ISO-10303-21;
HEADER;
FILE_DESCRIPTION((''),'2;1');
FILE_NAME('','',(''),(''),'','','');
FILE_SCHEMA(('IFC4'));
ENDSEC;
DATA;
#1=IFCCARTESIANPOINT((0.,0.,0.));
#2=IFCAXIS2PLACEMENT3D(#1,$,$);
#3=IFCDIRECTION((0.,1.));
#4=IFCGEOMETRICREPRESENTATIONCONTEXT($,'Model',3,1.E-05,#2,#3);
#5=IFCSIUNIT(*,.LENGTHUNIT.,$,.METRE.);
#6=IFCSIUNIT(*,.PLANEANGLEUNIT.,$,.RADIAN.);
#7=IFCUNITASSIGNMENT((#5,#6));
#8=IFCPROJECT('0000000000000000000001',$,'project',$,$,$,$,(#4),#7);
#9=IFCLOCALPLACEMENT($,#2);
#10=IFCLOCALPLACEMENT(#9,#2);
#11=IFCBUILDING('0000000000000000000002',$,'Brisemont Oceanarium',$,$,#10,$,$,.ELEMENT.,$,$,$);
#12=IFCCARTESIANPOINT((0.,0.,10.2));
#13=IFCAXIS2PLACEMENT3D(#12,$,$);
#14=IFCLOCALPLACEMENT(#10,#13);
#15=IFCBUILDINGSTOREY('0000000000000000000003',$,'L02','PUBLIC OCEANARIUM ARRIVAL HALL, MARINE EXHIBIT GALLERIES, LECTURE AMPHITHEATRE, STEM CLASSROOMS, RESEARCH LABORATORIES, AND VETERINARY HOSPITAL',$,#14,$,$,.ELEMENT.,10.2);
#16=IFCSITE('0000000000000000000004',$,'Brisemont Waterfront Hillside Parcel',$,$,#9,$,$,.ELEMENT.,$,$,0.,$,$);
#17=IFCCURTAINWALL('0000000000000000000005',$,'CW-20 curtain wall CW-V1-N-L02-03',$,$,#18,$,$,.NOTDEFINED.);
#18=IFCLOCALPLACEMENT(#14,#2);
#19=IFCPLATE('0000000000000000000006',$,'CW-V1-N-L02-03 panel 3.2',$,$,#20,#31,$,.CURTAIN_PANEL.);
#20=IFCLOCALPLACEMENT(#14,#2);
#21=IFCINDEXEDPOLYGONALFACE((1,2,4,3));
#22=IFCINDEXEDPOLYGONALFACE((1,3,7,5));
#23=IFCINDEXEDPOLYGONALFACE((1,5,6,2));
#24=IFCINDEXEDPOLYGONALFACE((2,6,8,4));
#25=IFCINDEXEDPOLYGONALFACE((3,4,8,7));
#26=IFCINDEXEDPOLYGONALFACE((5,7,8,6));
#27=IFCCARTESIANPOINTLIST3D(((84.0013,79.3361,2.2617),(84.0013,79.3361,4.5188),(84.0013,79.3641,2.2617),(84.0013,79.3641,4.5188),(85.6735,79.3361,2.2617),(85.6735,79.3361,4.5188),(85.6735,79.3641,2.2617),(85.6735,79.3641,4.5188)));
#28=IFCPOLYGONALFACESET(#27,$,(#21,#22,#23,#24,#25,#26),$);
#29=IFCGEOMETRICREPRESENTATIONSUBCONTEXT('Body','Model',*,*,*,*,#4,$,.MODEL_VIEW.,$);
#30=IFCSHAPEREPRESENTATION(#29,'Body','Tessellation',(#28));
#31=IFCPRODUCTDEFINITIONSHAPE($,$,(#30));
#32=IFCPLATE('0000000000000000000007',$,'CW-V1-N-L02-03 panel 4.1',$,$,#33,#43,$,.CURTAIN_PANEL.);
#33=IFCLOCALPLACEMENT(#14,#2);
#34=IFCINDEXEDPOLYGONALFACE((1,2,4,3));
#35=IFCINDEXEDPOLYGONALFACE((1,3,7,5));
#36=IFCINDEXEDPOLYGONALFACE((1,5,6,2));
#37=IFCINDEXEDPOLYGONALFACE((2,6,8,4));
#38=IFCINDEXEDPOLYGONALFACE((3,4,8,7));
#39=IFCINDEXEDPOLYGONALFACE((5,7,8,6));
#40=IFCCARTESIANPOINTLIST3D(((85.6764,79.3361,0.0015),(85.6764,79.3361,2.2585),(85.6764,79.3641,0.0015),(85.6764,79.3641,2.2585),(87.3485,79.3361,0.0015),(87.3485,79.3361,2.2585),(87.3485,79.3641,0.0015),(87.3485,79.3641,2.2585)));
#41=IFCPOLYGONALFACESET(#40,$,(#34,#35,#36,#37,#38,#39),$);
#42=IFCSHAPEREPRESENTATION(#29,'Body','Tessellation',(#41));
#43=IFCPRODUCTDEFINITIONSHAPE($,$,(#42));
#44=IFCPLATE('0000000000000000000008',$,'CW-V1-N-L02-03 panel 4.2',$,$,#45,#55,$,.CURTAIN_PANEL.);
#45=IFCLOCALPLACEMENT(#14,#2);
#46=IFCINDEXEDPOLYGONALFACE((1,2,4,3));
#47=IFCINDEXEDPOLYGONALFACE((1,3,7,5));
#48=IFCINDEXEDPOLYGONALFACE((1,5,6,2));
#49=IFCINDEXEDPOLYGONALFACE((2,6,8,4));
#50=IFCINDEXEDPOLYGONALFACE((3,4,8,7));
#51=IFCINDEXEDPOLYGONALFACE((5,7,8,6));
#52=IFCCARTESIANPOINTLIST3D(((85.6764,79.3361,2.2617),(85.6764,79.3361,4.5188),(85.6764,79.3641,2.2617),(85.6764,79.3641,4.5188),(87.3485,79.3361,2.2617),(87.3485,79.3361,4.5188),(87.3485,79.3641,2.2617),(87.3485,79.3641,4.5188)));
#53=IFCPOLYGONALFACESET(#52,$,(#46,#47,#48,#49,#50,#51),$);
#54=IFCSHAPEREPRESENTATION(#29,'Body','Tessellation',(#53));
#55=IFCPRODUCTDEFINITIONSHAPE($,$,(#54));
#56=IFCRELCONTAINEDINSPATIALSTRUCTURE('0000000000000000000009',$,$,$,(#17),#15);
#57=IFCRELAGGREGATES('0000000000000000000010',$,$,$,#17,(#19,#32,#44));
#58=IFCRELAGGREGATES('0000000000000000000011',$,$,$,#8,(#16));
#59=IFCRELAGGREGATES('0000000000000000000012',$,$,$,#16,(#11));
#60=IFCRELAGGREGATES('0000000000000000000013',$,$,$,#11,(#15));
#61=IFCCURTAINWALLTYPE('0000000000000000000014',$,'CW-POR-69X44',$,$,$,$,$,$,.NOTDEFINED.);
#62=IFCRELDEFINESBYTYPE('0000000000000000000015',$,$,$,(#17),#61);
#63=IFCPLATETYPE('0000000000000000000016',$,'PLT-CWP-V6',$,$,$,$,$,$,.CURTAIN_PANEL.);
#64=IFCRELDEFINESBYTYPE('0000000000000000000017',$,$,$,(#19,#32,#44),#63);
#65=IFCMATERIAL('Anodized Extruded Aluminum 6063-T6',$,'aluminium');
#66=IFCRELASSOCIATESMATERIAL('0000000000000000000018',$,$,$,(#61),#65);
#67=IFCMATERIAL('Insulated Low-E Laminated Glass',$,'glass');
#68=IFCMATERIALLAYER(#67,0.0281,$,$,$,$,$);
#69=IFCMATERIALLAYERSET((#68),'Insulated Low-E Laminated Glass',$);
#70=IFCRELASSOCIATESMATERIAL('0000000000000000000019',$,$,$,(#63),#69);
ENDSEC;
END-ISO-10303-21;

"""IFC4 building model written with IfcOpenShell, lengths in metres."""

from ifc_helpers import new_model, si_unit, direction, frame, origin, origin_2d, place, context, subcontext, project, spatial, rectangle, extrude, material, layer, layer_set, type_object, element, aggregate, save


model = new_model("IFC4")

# Units and contexts
model_context = context("Model", 3, precision=1e-05, world=origin(), true_north=direction((0.0, 1.0)))
body_context = subcontext(model_context, "Body", "Model", "MODEL_VIEW")
ifc_project = project(units=[si_unit("LENGTHUNIT", "METRE"), si_unit("PLANEANGLEUNIT", "RADIAN")], contexts=[model_context])

# Site, building, storey
site_placement = place(None, origin())
site = spatial("IfcSite", under=ifc_project, at=site_placement, Name="Brisemont Waterfront Hillside Parcel", CompositionType="ELEMENT", RefElevation=0.0)
building_placement = place(site_placement, origin())
building = spatial("IfcBuilding", under=site, at=building_placement, Name="Brisemont Oceanarium", CompositionType="ELEMENT")
storey_placement = place(building_placement, frame((0.0, 0.0, 10.2)))
storey = spatial("IfcBuildingStorey", under=building, at=storey_placement, Name="L02", Description="PUBLIC OCEANARIUM ARRIVAL HALL, MARINE EXHIBIT GALLERIES, LECTURE AMPHITHEATRE, STEM CLASSROOMS, RESEARCH LABORATORIES, AND VETERINARY HOSPITAL", CompositionType="ELEMENT", Elevation=10.2)

# Curtain wall
ifc_material_1 = material(Name="Anodized Extruded Aluminum 6063-T6", Category="aluminium")
curtain_wall_type = type_object("IfcCurtainWallType", Name="CW-POR-69X44", PredefinedType="NOTDEFINED", material=ifc_material_1)
curtain_wall_1_placement = place(storey_placement, origin())
curtain_wall_1 = element("IfcCurtainWall", 1, at=curtain_wall_1_placement, inside=storey, type_object=curtain_wall_type, Name="CW-20 curtain wall CW-V1-N-L02-03", PredefinedType="NOTDEFINED")

# Plates
ifc_material_2 = material(Name="Insulated Low-E Laminated Glass", Category="glass")
ifc_layer = layer(ifc_material_2, 0.0281)
ifc_layer_set = layer_set([ifc_layer], Name="Insulated Low-E Laminated Glass")
plate_type = type_object("IfcPlateType", Name="PLT-CWP-V6", PredefinedType="CURTAIN_PANEL", material=ifc_layer_set)
plate_1_placement = place(storey_placement, frame((84.8374, 79.3501, 2.2617), z_axis=(0.0, 0.0, 1.0), x_axis=(1.0, 0.0, 0.0)))
plate_1 = element("IfcPlate", 2, at=plate_1_placement, type_object=plate_type, Name="CW-V1-N-L02-03 panel 3.2", PredefinedType="CURTAIN_PANEL", context=body_context, shape_type="SweptSolid", body=[
    extrude(rectangle(XDim=1.6721, YDim=0.0281, at=origin_2d()), origin(), (0.0, 0.0, 1.0), 2.2571),
])
plate_2_placement = place(storey_placement, frame((86.5125, 79.3501, 0.0015), z_axis=(0.0, 0.0, 1.0), x_axis=(1.0, 0.0, 0.0)))
plate_2 = element("IfcPlate", 3, at=plate_2_placement, type_object=plate_type, Name="CW-V1-N-L02-03 panel 4.1", PredefinedType="CURTAIN_PANEL", context=body_context, shape_type="SweptSolid", body=[
    extrude(rectangle(XDim=1.6721, YDim=0.0281, at=origin_2d()), origin(), (0.0, 0.0, 1.0), 2.2571),
])
plate_3_placement = place(storey_placement, frame((86.5125, 79.3501, 2.2617), z_axis=(0.0, 0.0, 1.0), x_axis=(1.0, 0.0, 0.0)))
plate_3 = element("IfcPlate", 4, at=plate_3_placement, type_object=plate_type, Name="CW-V1-N-L02-03 panel 4.2", PredefinedType="CURTAIN_PANEL", context=body_context, shape_type="SweptSolid", body=[
    extrude(rectangle(XDim=1.6721, YDim=0.0281, at=origin_2d()), origin(), (0.0, 0.0, 1.0), 2.2571),
])
aggregate(curtain_wall_1, [plate_1, plate_2, plate_3])

save(model, "model.ifc")
